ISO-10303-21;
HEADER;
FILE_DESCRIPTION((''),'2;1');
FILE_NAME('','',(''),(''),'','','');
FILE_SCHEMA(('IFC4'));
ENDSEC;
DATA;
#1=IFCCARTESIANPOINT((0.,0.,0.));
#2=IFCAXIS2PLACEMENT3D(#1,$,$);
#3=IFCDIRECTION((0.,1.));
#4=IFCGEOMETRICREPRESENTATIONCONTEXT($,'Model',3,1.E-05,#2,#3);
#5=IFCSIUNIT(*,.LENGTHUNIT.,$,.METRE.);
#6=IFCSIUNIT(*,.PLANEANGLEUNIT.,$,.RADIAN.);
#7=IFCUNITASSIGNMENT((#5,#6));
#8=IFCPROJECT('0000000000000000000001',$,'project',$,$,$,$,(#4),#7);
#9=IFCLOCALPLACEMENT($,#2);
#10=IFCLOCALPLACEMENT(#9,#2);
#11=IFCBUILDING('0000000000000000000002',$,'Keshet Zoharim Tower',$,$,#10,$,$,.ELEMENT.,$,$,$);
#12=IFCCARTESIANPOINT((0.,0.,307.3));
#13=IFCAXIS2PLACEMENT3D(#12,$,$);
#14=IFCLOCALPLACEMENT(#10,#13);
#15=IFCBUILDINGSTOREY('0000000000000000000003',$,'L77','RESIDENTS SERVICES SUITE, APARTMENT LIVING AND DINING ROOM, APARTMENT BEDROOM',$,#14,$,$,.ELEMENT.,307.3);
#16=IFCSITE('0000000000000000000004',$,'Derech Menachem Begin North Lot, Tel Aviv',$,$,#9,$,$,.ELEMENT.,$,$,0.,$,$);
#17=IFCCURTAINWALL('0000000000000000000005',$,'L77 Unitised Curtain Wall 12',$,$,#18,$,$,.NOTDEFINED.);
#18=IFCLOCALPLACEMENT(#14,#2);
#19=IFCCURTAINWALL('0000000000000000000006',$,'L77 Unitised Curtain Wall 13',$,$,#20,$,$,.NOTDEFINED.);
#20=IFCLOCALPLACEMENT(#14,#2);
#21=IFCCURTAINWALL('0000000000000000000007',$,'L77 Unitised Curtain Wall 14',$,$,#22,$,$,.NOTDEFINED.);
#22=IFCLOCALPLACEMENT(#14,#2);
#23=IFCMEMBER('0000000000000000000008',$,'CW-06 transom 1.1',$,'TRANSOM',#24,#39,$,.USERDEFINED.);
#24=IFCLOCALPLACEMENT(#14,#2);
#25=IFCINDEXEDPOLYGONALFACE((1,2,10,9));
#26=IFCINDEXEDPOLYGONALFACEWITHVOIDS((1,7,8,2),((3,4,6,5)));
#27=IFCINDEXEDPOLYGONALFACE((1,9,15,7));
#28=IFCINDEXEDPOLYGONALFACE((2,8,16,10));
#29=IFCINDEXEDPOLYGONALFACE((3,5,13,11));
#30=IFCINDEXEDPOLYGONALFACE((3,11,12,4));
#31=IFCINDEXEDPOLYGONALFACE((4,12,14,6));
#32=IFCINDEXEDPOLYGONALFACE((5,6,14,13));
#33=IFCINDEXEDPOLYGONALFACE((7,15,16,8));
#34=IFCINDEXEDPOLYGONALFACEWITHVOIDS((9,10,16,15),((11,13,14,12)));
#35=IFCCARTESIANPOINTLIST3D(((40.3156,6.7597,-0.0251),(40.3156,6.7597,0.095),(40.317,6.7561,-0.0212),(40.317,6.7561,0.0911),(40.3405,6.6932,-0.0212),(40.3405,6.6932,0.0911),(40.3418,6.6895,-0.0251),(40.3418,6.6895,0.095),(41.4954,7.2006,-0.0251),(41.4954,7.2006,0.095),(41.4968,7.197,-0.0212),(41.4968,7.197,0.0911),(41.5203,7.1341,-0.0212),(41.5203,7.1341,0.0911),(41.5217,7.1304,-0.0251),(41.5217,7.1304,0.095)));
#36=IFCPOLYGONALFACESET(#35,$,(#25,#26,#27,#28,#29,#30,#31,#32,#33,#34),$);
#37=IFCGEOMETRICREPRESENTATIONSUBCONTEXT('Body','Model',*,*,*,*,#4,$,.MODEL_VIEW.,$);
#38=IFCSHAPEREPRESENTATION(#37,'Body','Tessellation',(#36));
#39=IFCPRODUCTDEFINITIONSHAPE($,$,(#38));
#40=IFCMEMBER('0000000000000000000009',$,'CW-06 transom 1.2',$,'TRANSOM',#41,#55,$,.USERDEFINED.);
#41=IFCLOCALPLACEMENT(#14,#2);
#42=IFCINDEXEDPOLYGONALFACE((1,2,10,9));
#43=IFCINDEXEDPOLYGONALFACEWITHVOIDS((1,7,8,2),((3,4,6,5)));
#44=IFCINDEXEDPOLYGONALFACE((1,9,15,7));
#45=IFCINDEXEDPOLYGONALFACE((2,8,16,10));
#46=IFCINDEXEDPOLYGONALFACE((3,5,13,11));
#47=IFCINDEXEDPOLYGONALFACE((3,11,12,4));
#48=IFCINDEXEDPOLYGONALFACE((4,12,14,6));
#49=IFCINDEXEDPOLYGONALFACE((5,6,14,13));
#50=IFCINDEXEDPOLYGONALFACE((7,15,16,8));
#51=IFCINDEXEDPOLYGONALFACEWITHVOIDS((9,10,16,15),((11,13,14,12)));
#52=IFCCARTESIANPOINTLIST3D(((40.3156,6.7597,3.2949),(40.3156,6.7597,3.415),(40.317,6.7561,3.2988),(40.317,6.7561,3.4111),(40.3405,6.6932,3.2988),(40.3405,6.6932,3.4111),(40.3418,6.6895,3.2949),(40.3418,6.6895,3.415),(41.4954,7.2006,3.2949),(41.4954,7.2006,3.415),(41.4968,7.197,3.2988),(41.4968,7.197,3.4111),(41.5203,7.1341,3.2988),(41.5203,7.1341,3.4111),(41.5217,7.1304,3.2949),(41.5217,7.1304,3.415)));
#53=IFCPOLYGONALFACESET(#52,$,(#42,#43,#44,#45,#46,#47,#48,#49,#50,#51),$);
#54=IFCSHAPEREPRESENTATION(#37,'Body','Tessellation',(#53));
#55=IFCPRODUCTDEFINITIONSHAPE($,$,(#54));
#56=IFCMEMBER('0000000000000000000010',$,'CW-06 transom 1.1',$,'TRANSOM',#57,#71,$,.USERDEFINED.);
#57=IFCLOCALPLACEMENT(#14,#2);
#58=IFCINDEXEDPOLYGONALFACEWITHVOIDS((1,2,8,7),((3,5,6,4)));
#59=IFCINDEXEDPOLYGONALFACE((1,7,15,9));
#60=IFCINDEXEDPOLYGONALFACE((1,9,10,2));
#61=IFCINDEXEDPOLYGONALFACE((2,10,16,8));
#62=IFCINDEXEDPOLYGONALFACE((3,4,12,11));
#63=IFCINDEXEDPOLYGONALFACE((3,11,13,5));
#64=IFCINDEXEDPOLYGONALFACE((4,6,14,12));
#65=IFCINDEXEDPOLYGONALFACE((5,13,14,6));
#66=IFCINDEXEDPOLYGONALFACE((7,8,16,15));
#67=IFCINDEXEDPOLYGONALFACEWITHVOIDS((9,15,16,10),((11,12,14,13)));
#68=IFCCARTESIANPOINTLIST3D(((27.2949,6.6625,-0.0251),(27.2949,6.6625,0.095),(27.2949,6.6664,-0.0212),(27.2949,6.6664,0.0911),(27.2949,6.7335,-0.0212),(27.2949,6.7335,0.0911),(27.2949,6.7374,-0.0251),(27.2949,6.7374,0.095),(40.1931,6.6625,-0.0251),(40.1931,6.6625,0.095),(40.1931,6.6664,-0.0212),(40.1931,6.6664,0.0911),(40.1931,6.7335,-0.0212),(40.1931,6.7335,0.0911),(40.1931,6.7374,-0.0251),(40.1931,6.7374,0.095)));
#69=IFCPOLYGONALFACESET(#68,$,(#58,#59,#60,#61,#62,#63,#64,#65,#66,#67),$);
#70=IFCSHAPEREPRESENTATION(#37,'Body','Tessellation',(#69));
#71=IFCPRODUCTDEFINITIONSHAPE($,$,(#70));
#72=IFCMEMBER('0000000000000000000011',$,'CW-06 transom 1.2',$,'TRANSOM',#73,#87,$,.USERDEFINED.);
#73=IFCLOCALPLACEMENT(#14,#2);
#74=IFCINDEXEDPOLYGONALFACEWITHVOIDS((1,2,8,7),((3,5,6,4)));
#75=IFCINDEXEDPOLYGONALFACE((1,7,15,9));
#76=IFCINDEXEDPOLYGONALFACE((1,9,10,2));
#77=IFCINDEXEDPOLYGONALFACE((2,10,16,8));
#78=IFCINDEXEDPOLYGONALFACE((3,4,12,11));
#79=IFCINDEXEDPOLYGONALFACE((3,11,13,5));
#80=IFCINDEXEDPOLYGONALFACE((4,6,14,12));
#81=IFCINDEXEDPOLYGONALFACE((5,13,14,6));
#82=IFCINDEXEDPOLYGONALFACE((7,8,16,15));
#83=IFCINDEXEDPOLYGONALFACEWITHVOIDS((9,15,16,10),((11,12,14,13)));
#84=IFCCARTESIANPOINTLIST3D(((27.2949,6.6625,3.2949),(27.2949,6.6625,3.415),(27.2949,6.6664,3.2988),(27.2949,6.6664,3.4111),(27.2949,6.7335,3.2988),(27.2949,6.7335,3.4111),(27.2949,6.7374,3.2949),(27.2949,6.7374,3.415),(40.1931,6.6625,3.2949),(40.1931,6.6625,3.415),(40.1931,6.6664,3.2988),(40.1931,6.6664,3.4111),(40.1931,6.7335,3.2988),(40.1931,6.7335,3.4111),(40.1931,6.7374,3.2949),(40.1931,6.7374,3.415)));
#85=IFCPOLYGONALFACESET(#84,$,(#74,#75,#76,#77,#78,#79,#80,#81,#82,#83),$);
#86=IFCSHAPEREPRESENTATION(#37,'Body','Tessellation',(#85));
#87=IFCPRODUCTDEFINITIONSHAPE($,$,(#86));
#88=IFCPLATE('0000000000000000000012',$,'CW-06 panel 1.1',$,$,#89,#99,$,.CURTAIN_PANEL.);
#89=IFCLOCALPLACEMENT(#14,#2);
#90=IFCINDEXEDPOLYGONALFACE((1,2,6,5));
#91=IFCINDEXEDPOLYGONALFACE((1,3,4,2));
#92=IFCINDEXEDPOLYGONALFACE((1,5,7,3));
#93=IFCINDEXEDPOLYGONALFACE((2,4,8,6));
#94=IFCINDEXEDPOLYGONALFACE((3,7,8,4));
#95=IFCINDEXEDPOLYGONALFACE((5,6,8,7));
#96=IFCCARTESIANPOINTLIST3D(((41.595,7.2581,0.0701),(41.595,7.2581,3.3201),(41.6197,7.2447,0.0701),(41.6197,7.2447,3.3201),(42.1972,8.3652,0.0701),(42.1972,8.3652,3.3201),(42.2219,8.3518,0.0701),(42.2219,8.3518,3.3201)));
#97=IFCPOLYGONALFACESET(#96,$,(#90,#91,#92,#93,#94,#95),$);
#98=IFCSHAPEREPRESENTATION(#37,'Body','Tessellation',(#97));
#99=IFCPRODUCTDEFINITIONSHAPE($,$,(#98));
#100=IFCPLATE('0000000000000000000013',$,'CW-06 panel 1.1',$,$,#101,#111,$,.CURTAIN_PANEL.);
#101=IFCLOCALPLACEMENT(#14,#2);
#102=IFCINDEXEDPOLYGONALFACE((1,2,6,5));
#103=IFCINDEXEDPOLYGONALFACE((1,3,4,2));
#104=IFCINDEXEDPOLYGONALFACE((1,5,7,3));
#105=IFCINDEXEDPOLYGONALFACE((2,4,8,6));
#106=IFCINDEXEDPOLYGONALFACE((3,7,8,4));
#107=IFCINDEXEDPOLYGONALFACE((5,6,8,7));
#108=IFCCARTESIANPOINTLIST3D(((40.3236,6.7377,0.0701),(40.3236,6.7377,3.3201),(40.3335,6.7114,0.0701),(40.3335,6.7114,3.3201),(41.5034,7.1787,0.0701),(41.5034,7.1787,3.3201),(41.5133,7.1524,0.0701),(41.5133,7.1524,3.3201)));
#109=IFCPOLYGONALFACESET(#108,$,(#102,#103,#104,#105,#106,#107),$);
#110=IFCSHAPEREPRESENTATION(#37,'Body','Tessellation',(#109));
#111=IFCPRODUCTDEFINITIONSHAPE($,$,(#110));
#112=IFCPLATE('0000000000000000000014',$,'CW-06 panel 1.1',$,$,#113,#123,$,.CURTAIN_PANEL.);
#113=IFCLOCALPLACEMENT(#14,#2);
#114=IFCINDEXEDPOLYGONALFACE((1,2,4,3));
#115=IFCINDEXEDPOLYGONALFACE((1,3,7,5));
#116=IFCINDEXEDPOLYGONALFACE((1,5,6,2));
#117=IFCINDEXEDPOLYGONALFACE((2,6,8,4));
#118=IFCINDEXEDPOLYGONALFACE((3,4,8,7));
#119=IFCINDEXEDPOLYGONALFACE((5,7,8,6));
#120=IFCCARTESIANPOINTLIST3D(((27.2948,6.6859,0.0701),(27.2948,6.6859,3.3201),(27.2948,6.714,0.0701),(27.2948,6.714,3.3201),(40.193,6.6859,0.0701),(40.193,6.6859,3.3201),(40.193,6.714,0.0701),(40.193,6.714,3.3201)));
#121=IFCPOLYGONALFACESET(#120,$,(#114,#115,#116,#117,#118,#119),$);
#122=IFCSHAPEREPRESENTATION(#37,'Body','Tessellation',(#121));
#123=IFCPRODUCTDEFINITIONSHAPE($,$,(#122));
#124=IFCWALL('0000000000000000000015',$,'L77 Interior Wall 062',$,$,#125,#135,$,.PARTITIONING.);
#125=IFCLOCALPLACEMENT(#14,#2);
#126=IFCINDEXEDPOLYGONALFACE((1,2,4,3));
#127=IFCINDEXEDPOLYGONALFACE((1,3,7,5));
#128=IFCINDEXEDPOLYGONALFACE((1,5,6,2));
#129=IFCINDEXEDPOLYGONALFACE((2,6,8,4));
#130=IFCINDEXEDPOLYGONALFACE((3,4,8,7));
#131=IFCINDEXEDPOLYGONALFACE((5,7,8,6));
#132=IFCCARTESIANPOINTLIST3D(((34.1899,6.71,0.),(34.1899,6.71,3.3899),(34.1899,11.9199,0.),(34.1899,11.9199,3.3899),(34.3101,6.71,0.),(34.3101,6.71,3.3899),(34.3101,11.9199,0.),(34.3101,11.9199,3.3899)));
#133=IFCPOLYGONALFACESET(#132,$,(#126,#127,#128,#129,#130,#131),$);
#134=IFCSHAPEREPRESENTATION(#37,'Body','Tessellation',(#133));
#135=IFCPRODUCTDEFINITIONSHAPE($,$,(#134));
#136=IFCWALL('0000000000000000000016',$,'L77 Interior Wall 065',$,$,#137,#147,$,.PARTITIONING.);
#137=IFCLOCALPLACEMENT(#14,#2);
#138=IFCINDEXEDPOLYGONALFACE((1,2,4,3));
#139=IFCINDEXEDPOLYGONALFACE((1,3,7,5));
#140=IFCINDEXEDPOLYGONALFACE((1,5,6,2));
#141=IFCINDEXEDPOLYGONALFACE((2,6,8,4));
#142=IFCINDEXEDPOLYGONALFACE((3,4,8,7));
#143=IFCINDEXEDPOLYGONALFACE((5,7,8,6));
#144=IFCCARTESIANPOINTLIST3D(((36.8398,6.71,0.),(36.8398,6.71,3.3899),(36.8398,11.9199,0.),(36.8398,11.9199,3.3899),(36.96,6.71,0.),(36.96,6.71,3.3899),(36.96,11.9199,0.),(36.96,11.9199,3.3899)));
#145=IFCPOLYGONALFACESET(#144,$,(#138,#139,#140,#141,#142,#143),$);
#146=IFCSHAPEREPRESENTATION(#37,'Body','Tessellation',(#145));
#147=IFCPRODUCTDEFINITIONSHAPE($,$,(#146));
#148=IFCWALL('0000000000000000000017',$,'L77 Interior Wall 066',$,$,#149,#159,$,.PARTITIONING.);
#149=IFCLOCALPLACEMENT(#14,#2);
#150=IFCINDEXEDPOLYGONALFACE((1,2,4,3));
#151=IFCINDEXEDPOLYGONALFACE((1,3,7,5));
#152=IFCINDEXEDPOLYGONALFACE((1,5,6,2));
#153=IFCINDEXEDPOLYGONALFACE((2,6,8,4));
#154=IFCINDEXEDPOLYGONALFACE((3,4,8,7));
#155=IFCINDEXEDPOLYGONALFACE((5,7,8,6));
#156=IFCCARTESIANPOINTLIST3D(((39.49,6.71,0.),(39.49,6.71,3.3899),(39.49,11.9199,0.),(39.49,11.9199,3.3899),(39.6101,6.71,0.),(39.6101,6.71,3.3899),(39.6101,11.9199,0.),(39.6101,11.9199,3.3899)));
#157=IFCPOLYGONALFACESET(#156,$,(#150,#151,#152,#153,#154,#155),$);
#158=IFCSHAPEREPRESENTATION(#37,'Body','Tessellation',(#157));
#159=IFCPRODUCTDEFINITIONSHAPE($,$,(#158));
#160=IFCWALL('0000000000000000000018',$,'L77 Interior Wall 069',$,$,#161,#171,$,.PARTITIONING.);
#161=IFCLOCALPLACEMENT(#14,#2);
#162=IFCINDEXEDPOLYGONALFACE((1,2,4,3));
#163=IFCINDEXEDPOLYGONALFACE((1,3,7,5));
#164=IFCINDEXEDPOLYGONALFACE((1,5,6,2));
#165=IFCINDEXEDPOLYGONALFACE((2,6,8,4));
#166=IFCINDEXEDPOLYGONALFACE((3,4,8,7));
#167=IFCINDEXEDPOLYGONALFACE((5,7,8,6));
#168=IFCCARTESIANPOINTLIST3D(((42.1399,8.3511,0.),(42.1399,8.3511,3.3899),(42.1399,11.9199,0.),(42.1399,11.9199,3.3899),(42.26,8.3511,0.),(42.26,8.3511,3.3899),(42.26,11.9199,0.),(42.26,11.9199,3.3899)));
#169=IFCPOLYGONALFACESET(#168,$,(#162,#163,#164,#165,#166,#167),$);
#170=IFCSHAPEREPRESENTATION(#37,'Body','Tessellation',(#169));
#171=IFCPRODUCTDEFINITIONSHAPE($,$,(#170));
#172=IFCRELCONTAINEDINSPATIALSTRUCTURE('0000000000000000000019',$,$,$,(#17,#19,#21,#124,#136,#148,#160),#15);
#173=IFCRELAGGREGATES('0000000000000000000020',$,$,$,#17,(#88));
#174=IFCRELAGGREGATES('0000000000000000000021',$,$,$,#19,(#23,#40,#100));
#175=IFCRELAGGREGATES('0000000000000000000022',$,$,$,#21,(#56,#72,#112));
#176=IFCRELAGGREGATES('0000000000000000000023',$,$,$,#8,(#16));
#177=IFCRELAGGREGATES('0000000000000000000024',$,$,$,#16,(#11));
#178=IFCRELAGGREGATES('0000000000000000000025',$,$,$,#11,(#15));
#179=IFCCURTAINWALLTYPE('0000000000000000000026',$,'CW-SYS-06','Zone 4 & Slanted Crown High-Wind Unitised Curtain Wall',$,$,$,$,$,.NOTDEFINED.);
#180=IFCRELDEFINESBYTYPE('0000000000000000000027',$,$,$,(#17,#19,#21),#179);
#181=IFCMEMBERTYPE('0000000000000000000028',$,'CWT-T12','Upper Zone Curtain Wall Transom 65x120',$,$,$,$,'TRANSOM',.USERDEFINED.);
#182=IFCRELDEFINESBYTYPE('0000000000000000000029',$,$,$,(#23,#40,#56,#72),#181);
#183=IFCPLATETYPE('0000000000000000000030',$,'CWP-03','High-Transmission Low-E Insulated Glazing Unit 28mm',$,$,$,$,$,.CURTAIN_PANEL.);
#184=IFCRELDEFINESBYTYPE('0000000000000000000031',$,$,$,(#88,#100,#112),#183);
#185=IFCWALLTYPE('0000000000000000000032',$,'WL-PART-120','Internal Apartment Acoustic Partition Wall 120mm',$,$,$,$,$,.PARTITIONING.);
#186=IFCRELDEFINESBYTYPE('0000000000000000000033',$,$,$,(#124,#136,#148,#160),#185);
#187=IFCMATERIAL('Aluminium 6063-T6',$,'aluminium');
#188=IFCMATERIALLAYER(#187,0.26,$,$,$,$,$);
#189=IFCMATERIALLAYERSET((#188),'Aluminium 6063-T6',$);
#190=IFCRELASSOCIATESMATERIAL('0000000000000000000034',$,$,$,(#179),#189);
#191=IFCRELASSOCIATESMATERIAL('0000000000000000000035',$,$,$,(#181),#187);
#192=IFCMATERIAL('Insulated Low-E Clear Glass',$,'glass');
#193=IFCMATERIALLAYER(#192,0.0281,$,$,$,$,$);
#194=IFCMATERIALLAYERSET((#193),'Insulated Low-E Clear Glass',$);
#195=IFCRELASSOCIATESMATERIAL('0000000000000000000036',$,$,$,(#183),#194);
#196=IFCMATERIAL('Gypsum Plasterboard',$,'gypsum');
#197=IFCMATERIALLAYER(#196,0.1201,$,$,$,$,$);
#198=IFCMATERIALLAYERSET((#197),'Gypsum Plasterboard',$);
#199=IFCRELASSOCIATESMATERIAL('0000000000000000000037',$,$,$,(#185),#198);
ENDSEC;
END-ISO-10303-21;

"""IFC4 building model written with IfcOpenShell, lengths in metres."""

from ifc_helpers import new_model, si_unit, direction, frame, frame_2d, origin, origin_2d, place, context, subcontext, project, spatial, rectangle, hollow_rectangle, extrude, material, layer, layer_set, material_profile, profile_set, type_object, element, aggregate, save


model = new_model("IFC4")

# Units and contexts
model_context = context("Model", 3, precision=1e-05, world=origin(), true_north=direction((0.0, 1.0)))
body_context = subcontext(model_context, "Body", "Model", "MODEL_VIEW")
ifc_project = project(units=[si_unit("LENGTHUNIT", "METRE"), si_unit("PLANEANGLEUNIT", "RADIAN")], contexts=[model_context])

# Site, building, storey
site_placement = place(None, origin())
site = spatial("IfcSite", under=ifc_project, at=site_placement, Name="Derech Menachem Begin North Lot, Tel Aviv", CompositionType="ELEMENT", RefElevation=0.0)
building_placement = place(site_placement, origin())
building = spatial("IfcBuilding", under=site, at=building_placement, Name="Keshet Zoharim Tower", CompositionType="ELEMENT")
storey_placement = place(building_placement, frame((0.0, 0.0, 307.3)))
storey = spatial("IfcBuildingStorey", under=building, at=storey_placement, Name="L77", Description="RESIDENTS SERVICES SUITE, APARTMENT LIVING AND DINING ROOM, APARTMENT BEDROOM", CompositionType="ELEMENT", Elevation=307.3)

# Shared definitions
ifc_material_1 = material(Name="Aluminium 6063-T6", Category="aluminium")
ifc_layer_1 = layer(ifc_material_1, 0.26)
ifc_layer_set_1 = layer_set([ifc_layer_1], Name="Aluminium 6063-T6")
curtain_wall_type = type_object("IfcCurtainWallType", Name="CW-SYS-06", Description="Zone 4 & Slanted Crown High-Wind Unitised Curtain Wall", PredefinedType="NOTDEFINED", material=ifc_layer_set_1)

# Curtain walls
curtain_wall_1_placement = place(storey_placement, origin())
curtain_wall_1 = element("IfcCurtainWall", 1, at=curtain_wall_1_placement, inside=storey, type_object=curtain_wall_type, Name="L77 Unitised Curtain Wall 12", PredefinedType="NOTDEFINED")
curtain_wall_2_placement = place(storey_placement, origin())
curtain_wall_2 = element("IfcCurtainWall", 2, at=curtain_wall_2_placement, inside=storey, type_object=curtain_wall_type, Name="L77 Unitised Curtain Wall 13", PredefinedType="NOTDEFINED")

# Curtain wall
curtain_wall_3_placement = place(storey_placement, origin())
curtain_wall_3 = element("IfcCurtainWall", 3, at=curtain_wall_3_placement, inside=storey, type_object=curtain_wall_type, Name="L77 Unitised Curtain Wall 14", PredefinedType="NOTDEFINED")

# Members
ifc_material_profile_1 = material_profile(ifc_material_1, hollow_rectangle(XDim=0.075, YDim=0.1201, WallThickness=0.0039, at=origin_2d()), Name="TRN-75x120")
ifc_profile_set_1 = profile_set([ifc_material_profile_1], Name="Aluminium 6063-T6")
member_type_1 = type_object("IfcMemberType", Name="CWT-T12", Description="Upper Zone Curtain Wall Transom 65x120", ElementType="TRANSOM", PredefinedType="USERDEFINED", material=ifc_profile_set_1)
member_1_placement = place(storey_placement, frame((41.5085, 7.1655, 0.0349), z_axis=(-0.936735, -0.35004, 0.0), x_axis=(0.35004, -0.936735, 0.0)))
member_1 = element("IfcMember", 4, at=member_1_placement, type_object=member_type_1, Name="CW-06 transom 1.1", ObjectType="TRANSOM", PredefinedType="USERDEFINED", context=body_context, shape_type="SweptSolid", body=[
    extrude(hollow_rectangle(XDim=0.075, YDim=0.1201, WallThickness=0.0039, at=origin_2d()), origin(), (0.0, 0.0, 1.0), 1.2595),
])
member_2_placement = place(storey_placement, frame((41.5085, 7.1655, 3.355), z_axis=(-0.936735, -0.35004, 0.0), x_axis=(0.35004, -0.936735, 0.0)))
member_2 = element("IfcMember", 5, at=member_2_placement, type_object=member_type_1, Name="CW-06 transom 1.2", ObjectType="TRANSOM", PredefinedType="USERDEFINED", context=body_context, shape_type="SweptSolid", body=[
    extrude(hollow_rectangle(XDim=0.075, YDim=0.1201, WallThickness=0.0039, at=origin_2d()), origin(), (0.0, 0.0, 1.0), 1.2595),
])
member_3_placement = place(storey_placement, frame((40.1931, 6.7, 0.0349), z_axis=(-1.0, 0.0, 0.0), x_axis=(0.0, -1.0, 0.0)))
member_3 = element("IfcMember", 6, at=member_3_placement, type_object=member_type_1, Name="CW-06 transom 1.1", ObjectType="TRANSOM", PredefinedType="USERDEFINED", context=body_context, shape_type="SweptSolid", body=[
    extrude(hollow_rectangle(XDim=0.075, YDim=0.1201, WallThickness=0.0039, at=origin_2d()), origin(), (0.0, 0.0, 1.0), 12.8982),
])
member_4_placement = place(storey_placement, frame((40.1931, 6.7, 3.355), z_axis=(-1.0, 0.0, 0.0), x_axis=(0.0, -1.0, 0.0)))
member_4 = element("IfcMember", 7, at=member_4_placement, type_object=member_type_1, Name="CW-06 transom 1.2", ObjectType="TRANSOM", PredefinedType="USERDEFINED", context=body_context, shape_type="SweptSolid", body=[
    extrude(hollow_rectangle(XDim=0.075, YDim=0.1201, WallThickness=0.0039, at=origin_2d()), origin(), (0.0, 0.0, 1.0), 12.8982),
])

# Plates
ifc_material_2 = material(Name="Insulated Low-E Clear Glass", Category="glass")
ifc_layer_2 = layer(ifc_material_2, 0.0281)
ifc_layer_set_2 = layer_set([ifc_layer_2], Name="Insulated Low-E Clear Glass")
plate_type = type_object("IfcPlateType", Name="CWP-03", Description="High-Transmission Low-E Insulated Glazing Unit 28mm", PredefinedType="CURTAIN_PANEL", material=ifc_layer_set_2)
plate_1_placement = place(storey_placement, frame((41.9084, 7.8049, 0.0701), z_axis=(0.0, 0.0, 1.0), x_axis=(-0.477801, -0.878468, 0.0)))
plate_1 = element("IfcPlate", 8, at=plate_1_placement, type_object=plate_type, Name="CW-06 panel 1.1", PredefinedType="CURTAIN_PANEL", context=body_context, shape_type="SweptSolid", body=[
    extrude(rectangle(XDim=1.2603, YDim=0.0281, at=origin_2d()), origin(), (0.0, 0.0, 1.0), 3.25),
])
aggregate(curtain_wall_1, [plate_1])
plate_2_placement = place(storey_placement, frame((40.9185, 6.9451, 0.0701), z_axis=(0.0, 0.0, 1.0), x_axis=(-0.93671, -0.350105, 0.0)))
plate_2 = element("IfcPlate", 9, at=plate_2_placement, type_object=plate_type, Name="CW-06 panel 1.1", PredefinedType="CURTAIN_PANEL", context=body_context, shape_type="SweptSolid", body=[
    extrude(rectangle(XDim=1.2595, YDim=0.0281, at=origin_2d()), origin(), (0.0, 0.0, 1.0), 3.25),
])
aggregate(curtain_wall_2, [member_1, member_2, plate_2])
plate_3_placement = place(storey_placement, frame((33.7439, 6.7, 0.0701), z_axis=(0.0, 0.0, 1.0), x_axis=(-1.0, 0.0, 0.0)))
plate_3 = element("IfcPlate", 10, at=plate_3_placement, type_object=plate_type, Name="CW-06 panel 1.1", PredefinedType="CURTAIN_PANEL", context=body_context, shape_type="SweptSolid", body=[
    extrude(rectangle(XDim=12.8982, YDim=0.0281, at=origin_2d()), origin(), (0.0, 0.0, 1.0), 3.25),
])
aggregate(curtain_wall_3, [member_3, member_4, plate_3])

# Walls
ifc_material_3 = material(Name="Gypsum Plasterboard", Category="gypsum")
ifc_layer_3 = layer(ifc_material_3, 0.1201)
ifc_layer_set_3 = layer_set([ifc_layer_3], Name="Gypsum Plasterboard")
wall_type = type_object("IfcWallType", Name="WL-PART-120", Description="Internal Apartment Acoustic Partition Wall 120mm", PredefinedType="PARTITIONING", material=ifc_layer_set_3)
for number, where, z_axis, x_axis, name in (
    (11, (34.25, 6.71, 0.0), (0.0, 0.0, 1.0), (0.0, 1.0, 0.0), "L77 Interior Wall 062"),
    (12, (36.8999, 6.71, 0.0), (0.0, 0.0, 1.0), (0.0, 1.0, 0.0), "L77 Interior Wall 065"),
    (13, (39.55, 6.71, 0.0), (0.0, 0.0, 1.0), (0.0, 1.0, 0.0), "L77 Interior Wall 066"),
):
    element("IfcWall", number, at=place(storey_placement, frame(where, z_axis=z_axis, x_axis=x_axis)), inside=storey, type_object=wall_type, Name=name, PredefinedType="PARTITIONING", context=body_context, shape_type="SweptSolid", body=[
        extrude(rectangle(XDim=5.21, YDim=0.1201, at=frame_2d((2.605, 0.0))), origin(), (0.0, 0.0, 1.0), 3.3899),
    ])
wall_1_placement = place(storey_placement, frame((42.2, 8.3511, 0.0), z_axis=(0.0, 0.0, 1.0), x_axis=(0.0, 1.0, 0.0)))
element("IfcWall", 14, at=wall_1_placement, inside=storey, type_object=wall_type, Name="L77 Interior Wall 069", PredefinedType="PARTITIONING", context=body_context, shape_type="SweptSolid", body=[
    extrude(rectangle(XDim=3.5688, YDim=0.1201, at=frame_2d((1.7844, 0.0))), origin(), (0.0, 0.0, 1.0), 3.3899),
])

save(model, "model.ifc")
